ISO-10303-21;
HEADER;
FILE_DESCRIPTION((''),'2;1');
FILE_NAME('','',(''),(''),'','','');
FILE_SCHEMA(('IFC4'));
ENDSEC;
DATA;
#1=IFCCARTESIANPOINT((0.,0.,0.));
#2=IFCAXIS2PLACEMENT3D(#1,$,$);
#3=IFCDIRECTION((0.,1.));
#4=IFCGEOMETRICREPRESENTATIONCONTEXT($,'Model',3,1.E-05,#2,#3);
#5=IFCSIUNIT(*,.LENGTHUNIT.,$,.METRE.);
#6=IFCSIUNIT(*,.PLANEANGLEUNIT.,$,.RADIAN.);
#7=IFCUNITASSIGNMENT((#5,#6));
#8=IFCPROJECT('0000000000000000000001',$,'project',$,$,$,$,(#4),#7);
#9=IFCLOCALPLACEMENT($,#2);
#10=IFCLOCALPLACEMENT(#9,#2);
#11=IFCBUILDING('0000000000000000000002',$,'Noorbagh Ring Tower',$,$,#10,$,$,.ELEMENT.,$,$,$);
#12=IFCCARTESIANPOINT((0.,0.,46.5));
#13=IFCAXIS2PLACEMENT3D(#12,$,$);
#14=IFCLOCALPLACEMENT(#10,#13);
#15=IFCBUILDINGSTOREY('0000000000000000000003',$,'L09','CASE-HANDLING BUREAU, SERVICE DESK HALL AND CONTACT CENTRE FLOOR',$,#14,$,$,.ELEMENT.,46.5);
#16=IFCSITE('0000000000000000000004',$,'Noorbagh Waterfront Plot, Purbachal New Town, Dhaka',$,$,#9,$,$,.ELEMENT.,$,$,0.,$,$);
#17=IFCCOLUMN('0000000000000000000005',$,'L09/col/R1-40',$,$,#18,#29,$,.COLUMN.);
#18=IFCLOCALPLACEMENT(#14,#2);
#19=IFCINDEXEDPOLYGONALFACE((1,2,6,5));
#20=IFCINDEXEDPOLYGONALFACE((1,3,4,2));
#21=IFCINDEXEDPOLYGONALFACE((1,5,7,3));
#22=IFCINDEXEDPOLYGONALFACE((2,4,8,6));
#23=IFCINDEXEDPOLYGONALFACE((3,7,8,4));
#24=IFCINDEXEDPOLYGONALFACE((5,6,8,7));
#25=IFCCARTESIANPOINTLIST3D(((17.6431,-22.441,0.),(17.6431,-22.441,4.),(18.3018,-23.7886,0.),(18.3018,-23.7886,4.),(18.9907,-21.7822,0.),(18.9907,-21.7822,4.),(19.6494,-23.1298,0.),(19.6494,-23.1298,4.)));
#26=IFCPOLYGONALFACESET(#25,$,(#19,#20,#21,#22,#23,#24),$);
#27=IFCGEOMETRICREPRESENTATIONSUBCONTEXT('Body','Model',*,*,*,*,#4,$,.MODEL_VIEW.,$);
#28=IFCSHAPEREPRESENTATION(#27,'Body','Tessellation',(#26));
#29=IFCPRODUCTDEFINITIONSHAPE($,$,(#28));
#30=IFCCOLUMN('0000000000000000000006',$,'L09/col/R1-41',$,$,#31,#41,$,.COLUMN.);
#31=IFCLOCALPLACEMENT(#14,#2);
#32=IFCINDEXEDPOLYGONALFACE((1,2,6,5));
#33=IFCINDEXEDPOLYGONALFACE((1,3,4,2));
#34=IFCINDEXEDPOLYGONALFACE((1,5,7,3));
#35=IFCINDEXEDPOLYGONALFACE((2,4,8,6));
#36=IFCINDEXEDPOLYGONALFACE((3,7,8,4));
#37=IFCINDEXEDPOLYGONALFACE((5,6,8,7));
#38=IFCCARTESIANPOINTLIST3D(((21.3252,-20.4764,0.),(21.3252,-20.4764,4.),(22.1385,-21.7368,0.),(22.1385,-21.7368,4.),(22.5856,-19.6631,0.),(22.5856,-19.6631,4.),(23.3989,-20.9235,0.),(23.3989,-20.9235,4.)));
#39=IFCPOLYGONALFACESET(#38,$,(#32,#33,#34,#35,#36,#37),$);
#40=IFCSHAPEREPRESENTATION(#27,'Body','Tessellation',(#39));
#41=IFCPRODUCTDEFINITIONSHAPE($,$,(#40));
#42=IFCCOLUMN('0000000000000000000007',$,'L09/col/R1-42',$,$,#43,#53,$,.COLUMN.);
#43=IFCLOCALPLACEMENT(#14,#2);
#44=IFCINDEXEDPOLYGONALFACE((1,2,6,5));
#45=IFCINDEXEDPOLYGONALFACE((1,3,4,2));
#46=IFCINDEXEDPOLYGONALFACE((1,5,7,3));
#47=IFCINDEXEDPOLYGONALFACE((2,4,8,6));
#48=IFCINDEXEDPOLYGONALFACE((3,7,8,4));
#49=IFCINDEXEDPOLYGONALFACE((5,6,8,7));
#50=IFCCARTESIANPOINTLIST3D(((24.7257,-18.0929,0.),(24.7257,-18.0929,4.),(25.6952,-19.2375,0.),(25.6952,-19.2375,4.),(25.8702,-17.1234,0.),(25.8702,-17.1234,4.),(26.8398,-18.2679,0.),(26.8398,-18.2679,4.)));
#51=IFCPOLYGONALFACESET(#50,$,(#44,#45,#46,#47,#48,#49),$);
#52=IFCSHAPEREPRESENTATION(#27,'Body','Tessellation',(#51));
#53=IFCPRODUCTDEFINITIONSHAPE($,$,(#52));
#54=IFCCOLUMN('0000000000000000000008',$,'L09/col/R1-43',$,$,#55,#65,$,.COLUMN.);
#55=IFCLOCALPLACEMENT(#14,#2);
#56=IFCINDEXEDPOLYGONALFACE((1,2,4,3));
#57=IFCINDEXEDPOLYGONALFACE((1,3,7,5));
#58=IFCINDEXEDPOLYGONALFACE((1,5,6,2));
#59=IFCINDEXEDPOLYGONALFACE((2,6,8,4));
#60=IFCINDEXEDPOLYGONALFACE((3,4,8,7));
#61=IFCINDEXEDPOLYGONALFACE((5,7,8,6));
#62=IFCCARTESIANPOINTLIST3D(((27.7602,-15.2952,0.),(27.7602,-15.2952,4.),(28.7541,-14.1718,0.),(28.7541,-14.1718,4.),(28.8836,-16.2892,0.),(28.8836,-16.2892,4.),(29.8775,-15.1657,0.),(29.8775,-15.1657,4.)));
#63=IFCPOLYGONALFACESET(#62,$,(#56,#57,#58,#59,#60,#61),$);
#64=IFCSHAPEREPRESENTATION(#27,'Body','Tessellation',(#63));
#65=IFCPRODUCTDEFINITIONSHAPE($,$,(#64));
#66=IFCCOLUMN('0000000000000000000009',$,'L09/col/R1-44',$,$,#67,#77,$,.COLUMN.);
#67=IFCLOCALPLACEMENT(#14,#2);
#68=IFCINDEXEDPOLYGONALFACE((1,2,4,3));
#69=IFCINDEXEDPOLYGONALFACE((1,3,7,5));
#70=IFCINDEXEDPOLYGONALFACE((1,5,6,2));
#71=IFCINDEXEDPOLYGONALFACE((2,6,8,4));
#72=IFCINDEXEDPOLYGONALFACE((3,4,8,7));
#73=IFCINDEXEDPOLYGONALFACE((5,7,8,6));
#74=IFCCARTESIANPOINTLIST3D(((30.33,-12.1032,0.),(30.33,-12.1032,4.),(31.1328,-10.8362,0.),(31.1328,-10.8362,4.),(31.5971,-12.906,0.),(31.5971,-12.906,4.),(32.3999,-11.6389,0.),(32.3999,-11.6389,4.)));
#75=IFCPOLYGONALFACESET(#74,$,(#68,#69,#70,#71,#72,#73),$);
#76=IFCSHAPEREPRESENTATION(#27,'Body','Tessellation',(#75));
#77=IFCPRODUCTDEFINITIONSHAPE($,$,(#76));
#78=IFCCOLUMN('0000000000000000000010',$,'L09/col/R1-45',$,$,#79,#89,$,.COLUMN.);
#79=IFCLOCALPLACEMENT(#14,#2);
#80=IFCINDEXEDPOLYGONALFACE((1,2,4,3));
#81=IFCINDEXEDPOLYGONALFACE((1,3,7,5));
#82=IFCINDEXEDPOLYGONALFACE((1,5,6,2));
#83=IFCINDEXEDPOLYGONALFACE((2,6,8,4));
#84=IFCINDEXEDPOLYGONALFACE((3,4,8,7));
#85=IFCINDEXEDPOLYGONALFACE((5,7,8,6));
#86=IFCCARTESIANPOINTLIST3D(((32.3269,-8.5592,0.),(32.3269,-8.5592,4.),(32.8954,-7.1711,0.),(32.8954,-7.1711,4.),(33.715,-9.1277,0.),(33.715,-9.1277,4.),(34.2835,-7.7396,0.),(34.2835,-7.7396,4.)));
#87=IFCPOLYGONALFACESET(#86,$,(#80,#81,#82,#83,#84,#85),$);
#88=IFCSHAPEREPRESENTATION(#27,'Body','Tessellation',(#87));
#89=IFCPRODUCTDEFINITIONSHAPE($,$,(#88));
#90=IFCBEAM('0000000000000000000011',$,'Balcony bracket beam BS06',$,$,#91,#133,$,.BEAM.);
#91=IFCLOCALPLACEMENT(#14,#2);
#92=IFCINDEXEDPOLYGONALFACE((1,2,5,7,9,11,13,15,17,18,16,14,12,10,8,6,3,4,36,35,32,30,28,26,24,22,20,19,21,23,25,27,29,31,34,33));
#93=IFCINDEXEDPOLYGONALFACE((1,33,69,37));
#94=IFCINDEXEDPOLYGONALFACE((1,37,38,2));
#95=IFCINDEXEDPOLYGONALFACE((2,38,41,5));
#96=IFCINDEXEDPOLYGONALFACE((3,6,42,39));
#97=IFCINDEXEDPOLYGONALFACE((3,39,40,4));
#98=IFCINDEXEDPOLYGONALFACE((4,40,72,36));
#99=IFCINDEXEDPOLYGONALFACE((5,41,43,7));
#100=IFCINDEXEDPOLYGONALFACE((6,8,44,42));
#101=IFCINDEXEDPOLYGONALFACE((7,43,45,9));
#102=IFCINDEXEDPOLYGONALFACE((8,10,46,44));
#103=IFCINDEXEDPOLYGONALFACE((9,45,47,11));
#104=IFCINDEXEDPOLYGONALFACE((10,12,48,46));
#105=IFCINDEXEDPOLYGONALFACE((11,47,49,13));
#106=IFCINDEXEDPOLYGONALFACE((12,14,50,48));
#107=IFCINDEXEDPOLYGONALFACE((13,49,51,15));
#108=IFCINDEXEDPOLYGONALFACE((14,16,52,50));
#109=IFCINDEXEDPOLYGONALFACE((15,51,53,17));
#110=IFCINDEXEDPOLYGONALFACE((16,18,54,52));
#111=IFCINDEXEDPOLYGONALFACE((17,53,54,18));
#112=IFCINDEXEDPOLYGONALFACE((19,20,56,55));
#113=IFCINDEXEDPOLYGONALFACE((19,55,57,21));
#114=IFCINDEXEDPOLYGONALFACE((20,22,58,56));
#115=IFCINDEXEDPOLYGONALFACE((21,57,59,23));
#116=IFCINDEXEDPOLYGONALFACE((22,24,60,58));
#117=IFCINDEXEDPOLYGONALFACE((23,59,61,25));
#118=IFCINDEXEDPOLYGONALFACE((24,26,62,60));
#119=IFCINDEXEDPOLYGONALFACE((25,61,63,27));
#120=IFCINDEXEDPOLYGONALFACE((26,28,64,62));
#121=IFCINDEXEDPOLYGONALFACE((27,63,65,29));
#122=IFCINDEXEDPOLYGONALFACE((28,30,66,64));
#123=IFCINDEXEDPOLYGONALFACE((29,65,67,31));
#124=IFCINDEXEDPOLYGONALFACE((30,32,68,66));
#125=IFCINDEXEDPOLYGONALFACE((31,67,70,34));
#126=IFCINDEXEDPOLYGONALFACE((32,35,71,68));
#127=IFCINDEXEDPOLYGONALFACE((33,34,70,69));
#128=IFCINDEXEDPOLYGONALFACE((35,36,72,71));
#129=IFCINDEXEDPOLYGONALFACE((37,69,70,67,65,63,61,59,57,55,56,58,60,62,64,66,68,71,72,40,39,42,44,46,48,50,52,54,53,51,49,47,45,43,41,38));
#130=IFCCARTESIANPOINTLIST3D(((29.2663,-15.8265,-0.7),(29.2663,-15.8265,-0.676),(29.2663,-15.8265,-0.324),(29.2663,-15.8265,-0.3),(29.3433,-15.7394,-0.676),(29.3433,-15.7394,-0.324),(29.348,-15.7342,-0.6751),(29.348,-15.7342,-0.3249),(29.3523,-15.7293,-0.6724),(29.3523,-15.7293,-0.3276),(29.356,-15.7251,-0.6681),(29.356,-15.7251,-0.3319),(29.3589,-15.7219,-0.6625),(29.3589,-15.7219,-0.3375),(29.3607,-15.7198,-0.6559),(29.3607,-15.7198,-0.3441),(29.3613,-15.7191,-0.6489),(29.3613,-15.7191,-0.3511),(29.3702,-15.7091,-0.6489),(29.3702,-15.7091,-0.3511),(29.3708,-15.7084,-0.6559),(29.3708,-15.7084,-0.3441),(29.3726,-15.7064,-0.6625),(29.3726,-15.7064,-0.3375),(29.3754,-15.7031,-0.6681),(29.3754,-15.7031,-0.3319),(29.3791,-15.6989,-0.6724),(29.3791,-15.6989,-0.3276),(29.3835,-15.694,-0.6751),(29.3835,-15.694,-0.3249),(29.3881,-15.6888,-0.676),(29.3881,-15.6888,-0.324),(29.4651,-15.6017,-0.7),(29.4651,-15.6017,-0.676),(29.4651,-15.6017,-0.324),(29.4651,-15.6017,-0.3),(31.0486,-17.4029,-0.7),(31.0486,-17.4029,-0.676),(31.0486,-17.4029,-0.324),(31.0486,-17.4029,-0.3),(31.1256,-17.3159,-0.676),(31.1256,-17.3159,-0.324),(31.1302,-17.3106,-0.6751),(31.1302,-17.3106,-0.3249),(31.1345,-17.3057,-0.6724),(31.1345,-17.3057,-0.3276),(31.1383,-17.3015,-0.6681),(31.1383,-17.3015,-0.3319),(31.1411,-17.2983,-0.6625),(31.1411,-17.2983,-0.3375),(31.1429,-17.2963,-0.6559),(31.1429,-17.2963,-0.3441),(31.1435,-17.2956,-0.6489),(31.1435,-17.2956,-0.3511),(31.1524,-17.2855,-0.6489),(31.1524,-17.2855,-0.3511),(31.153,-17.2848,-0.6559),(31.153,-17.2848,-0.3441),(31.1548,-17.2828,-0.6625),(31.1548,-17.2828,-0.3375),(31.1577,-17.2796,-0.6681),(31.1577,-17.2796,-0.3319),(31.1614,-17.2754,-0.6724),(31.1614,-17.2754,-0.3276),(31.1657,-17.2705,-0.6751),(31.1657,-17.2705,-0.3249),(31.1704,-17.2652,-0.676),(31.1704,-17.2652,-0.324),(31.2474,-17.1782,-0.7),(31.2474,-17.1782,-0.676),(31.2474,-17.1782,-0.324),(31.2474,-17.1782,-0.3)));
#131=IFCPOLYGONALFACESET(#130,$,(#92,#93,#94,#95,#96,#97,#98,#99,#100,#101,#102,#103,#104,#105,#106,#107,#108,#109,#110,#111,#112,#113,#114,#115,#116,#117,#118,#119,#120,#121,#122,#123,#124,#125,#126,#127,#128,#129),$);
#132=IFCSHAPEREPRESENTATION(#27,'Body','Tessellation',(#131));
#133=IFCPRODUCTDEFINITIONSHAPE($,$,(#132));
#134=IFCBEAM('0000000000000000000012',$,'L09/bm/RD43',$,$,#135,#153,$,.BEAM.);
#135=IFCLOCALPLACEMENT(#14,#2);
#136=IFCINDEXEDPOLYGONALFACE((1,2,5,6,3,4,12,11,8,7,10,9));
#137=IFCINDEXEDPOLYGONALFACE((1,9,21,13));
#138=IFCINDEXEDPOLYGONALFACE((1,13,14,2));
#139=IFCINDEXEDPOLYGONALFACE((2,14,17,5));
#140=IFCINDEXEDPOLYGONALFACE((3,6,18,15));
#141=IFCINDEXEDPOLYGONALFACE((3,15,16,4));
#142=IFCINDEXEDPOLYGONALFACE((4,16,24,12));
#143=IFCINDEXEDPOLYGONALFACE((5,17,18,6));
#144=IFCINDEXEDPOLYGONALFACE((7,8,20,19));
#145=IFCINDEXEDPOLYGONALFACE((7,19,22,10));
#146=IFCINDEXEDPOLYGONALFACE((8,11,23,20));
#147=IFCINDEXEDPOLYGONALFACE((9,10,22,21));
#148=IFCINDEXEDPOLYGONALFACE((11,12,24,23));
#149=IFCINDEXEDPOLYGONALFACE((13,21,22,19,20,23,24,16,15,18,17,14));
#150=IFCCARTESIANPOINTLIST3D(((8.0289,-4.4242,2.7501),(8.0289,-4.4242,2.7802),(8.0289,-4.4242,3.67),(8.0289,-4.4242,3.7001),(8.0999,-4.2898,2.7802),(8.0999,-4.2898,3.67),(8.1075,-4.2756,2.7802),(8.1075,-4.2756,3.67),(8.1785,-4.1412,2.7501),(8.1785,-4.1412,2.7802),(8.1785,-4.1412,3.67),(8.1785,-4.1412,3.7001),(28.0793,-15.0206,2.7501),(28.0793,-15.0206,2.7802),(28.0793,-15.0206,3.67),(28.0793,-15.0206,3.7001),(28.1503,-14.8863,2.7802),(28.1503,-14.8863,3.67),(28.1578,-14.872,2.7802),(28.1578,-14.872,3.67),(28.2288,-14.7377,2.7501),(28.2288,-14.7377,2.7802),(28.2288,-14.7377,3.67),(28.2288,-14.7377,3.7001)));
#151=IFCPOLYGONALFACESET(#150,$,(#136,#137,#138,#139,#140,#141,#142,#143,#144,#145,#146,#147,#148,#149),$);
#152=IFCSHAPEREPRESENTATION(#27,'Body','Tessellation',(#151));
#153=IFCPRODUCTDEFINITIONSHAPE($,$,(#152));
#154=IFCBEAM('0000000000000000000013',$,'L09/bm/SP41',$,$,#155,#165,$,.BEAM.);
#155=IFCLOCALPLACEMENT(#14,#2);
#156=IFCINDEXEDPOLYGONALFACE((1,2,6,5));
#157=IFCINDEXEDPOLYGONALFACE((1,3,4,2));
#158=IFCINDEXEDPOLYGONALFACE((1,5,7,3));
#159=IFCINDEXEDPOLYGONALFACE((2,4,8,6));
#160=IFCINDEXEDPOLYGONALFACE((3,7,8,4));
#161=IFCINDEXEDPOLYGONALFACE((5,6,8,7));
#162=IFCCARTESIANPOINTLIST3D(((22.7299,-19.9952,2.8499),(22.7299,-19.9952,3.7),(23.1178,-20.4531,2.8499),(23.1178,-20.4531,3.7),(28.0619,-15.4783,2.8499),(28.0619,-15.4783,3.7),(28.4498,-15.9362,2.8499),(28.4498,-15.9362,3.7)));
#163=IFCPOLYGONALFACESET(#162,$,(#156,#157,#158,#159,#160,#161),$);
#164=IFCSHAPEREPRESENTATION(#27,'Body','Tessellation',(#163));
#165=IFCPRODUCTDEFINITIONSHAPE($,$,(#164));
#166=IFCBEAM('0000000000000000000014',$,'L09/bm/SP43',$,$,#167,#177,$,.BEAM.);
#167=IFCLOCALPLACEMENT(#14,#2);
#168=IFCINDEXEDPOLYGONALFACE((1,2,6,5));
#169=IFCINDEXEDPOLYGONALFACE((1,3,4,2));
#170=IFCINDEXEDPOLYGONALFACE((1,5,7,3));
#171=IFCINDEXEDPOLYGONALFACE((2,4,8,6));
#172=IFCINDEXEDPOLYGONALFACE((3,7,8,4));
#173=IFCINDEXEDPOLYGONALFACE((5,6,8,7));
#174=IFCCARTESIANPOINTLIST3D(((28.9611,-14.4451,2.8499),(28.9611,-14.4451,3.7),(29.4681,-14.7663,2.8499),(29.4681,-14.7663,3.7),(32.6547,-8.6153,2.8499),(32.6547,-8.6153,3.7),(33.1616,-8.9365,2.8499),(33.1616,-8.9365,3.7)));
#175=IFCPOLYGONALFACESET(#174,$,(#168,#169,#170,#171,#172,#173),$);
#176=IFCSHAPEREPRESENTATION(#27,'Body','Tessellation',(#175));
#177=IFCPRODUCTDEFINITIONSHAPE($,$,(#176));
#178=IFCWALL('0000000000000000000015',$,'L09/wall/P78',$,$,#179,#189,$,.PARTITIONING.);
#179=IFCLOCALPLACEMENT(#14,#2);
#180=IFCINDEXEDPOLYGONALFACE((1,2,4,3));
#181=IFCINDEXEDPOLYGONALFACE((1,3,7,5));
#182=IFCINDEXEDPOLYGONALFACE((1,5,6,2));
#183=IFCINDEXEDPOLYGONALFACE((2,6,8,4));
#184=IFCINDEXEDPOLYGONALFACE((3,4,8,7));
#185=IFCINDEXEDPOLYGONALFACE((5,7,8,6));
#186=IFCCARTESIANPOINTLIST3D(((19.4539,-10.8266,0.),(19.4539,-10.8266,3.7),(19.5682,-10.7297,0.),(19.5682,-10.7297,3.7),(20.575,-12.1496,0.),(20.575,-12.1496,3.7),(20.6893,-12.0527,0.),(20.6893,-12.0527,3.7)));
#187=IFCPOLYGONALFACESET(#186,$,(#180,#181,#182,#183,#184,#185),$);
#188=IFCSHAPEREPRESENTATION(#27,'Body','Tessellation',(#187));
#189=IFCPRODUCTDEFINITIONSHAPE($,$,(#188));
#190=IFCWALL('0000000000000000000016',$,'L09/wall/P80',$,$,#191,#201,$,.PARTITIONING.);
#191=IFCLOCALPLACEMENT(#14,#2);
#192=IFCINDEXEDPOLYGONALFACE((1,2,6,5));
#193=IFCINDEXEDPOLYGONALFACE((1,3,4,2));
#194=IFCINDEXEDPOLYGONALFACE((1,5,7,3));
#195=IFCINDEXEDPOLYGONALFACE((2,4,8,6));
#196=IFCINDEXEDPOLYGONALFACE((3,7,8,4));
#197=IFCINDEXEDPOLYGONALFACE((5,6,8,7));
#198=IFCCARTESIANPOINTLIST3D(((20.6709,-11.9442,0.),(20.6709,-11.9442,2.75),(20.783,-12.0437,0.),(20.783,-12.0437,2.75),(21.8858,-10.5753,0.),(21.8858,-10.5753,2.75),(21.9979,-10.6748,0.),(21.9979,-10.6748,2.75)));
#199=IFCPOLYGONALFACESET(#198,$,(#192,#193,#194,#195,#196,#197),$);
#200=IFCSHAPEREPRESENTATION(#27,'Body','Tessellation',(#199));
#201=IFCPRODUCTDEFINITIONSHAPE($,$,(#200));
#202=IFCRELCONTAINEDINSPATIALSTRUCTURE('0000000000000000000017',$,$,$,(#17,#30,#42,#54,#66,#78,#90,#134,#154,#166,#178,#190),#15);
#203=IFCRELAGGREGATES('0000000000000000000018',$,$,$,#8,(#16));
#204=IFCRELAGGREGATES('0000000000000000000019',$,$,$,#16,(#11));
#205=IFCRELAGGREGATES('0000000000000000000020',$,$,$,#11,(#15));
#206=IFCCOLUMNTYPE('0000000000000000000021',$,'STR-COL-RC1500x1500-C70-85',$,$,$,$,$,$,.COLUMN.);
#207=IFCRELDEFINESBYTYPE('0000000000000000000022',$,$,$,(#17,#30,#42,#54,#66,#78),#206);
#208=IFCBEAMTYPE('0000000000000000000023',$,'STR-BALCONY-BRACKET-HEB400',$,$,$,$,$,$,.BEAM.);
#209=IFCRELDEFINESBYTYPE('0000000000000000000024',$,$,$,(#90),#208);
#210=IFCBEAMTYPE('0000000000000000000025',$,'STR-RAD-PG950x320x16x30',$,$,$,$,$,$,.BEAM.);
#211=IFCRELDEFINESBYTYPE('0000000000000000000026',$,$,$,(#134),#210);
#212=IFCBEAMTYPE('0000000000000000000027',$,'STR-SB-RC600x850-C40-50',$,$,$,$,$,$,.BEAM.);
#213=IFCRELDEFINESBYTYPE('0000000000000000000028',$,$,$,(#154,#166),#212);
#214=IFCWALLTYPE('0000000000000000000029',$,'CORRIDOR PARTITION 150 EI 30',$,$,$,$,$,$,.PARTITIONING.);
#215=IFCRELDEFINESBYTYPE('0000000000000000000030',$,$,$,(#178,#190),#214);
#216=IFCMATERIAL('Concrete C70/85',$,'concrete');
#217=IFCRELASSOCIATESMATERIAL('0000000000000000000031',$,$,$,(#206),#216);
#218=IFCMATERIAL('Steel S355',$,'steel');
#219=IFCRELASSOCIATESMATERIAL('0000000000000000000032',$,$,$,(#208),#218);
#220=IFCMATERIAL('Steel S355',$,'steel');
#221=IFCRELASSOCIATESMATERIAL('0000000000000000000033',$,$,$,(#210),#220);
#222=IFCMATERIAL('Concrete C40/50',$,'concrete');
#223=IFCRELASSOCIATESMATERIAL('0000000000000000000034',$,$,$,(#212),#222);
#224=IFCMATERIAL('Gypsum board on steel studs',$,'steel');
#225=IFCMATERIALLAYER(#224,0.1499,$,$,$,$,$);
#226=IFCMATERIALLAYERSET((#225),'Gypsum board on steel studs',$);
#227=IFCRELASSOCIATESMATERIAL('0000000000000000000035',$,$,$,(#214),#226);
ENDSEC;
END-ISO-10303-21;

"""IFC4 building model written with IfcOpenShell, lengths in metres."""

from ifc_helpers import new_model, si_unit, direction, frame, frame_2d, origin, origin_2d, place, context, subcontext, project, spatial, rectangle, i_section, extrude, material, layer, layer_set, material_profile, profile_set, type_object, element, save


model = new_model("IFC4")

# Units and contexts
model_context = context("Model", 3, precision=1e-05, world=origin(), true_north=direction((0.0, 1.0)))
body_context = subcontext(model_context, "Body", "Model", "MODEL_VIEW")
ifc_project = project(units=[si_unit("LENGTHUNIT", "METRE"), si_unit("PLANEANGLEUNIT", "RADIAN")], contexts=[model_context])

# Site, building, storey
site_placement = place(None, origin())
site = spatial("IfcSite", under=ifc_project, at=site_placement, Name="Noorbagh Waterfront Plot, Purbachal New Town, Dhaka", CompositionType="ELEMENT", RefElevation=0.0)
building_placement = place(site_placement, origin())
building = spatial("IfcBuilding", under=site, at=building_placement, Name="Noorbagh Ring Tower", CompositionType="ELEMENT")
storey_placement = place(building_placement, frame((0.0, 0.0, 46.5)))
storey = spatial("IfcBuildingStorey", under=building, at=storey_placement, Name="L09", Description="CASE-HANDLING BUREAU, SERVICE DESK HALL AND CONTACT CENTRE FLOOR", CompositionType="ELEMENT", Elevation=46.5)

# Columns
ifc_material_1 = material(Name="Concrete C70/85", Category="concrete")
ifc_material_profile_1 = material_profile(ifc_material_1, rectangle(XDim=1.5, YDim=1.5, at=origin_2d()), Name="RC1500x1500")
ifc_profile_set_1 = profile_set([ifc_material_profile_1], Name="Concrete C70/85")
column_type = type_object("IfcColumnType", Name="STR-COL-RC1500x1500-C70-85", PredefinedType="COLUMN", material=ifc_profile_set_1)
for number, where, z_axis, x_axis, name in (
    (1, (18.6462, -22.7854, 0.0), (0.0, 0.0, 1.0), (0.898399, 0.43918, 0.0), "L09/col/R1-40"),
    (2, (22.3621, -20.7, 0.0), (0.0, 0.0, 1.0), (0.840248, 0.542203, 0.0), "L09/col/R1-41"),
    (3, (25.7827, -18.1804, 0.0), (0.0, 0.0, 1.0), (0.763035, 0.646357, 0.0), "L09/col/R1-42"),
    (4, (28.8188, -15.2305, 0.0), (0.0, 0.0, 1.0), (0.662636, 0.748942, 0.0), "L09/col/R1-43"),
    (5, (31.365, -11.8711, 0.0), (0.0, 0.0, 1.0), (0.53519, 0.844731, 0.0), "L09/col/R1-44"),
    (6, (33.3052, -8.1494, 0.0), (0.0, 0.0, 1.0), (0.378989, 0.925401, 0.0), "L09/col/R1-45"),
):
    element("IfcColumn", number, at=place(storey_placement, frame(where, z_axis=z_axis, x_axis=x_axis)), inside=storey, type_object=column_type, Name=name, PredefinedType="COLUMN", context=body_context, shape_type="SweptSolid", body=[
        extrude(rectangle(XDim=1.5, YDim=1.5, at=origin_2d()), origin(), (0.0, 0.0, 1.0), 4.0),
    ])

# Beams
ifc_material_2 = material(Name="Steel S355", Category="steel")
ifc_material_profile_2 = material_profile(ifc_material_2, i_section(OverallWidth=0.3, OverallDepth=0.3999, WebThickness=0.0134, FlangeThickness=0.0239, FilletRadius=0.0271, at=origin_2d()), Name="HEB400")
ifc_profile_set_2 = profile_set([ifc_material_profile_2], Name="Steel S355")
beam_type_1 = type_object("IfcBeamType", Name="STR-BALCONY-BRACKET-HEB400", PredefinedType="BEAM", material=ifc_profile_set_2)
beam_1_placement = place(storey_placement, frame((29.3657, -15.7141, -0.5), z_axis=(0.749032, -0.662534, 0.0), x_axis=(0.662534, 0.749032, 0.0)))
element("IfcBeam", 7, at=beam_1_placement, inside=storey, type_object=beam_type_1, Name="Balcony bracket beam BS06", PredefinedType="BEAM", context=body_context, shape_type="SweptSolid", body=[
    extrude(i_section(OverallWidth=0.3, OverallDepth=0.3999, WebThickness=0.0134, FlangeThickness=0.0239, FilletRadius=0.0271, at=origin_2d()), origin(), (0.0, 0.0, 1.0), 2.3794),
])
ifc_material_3 = material(Name="Steel S355", Category="steel")
ifc_material_profile_3 = material_profile(ifc_material_3, i_section(OverallWidth=0.3201, OverallDepth=0.95, WebThickness=0.0161, FlangeThickness=0.03, at=origin_2d()), Name="PG950x320x16x30")
ifc_profile_set_3 = profile_set([ifc_material_profile_3], Name="Steel S355")
beam_type_2 = type_object("IfcBeamType", Name="STR-RAD-PG950x320x16x30", PredefinedType="BEAM", material=ifc_profile_set_3)
beam_2_placement = place(storey_placement, frame((28.1541, -14.8792, 3.2251), z_axis=(-0.884124, 0.467253, 0.0), x_axis=(-0.467253, -0.884124, 0.0)))
element("IfcBeam", 8, at=beam_2_placement, inside=storey, type_object=beam_type_2, Name="L09/bm/RD43", PredefinedType="BEAM", context=body_context, shape_type="SweptSolid", body=[
    extrude(i_section(OverallWidth=0.3201, OverallDepth=0.95, WebThickness=0.0161, FlangeThickness=0.03, at=origin_2d()), origin(), (0.0, 0.0, 1.0), 22.6782),
])
ifc_material_4 = material(Name="Concrete C40/50", Category="concrete")
ifc_material_profile_4 = material_profile(ifc_material_4, rectangle(XDim=0.6001, YDim=0.8501, at=origin_2d()), Name="RC600x850")
ifc_profile_set_4 = profile_set([ifc_material_profile_4], Name="Concrete C40/50")
beam_type_3 = type_object("IfcBeamType", Name="STR-SB-RC600x850-C40-50", PredefinedType="BEAM", material=ifc_profile_set_4)
beam_3_placement = place(storey_placement, frame((22.9238, -20.2241, 3.2749), z_axis=(0.763024, 0.64637, 0.0), x_axis=(-0.64637, 0.763024, 0.0)))
element("IfcBeam", 9, at=beam_3_placement, inside=storey, type_object=beam_type_3, Name="L09/bm/SP41", PredefinedType="BEAM", context=body_context, shape_type="SweptSolid", body=[
    extrude(rectangle(XDim=0.6001, YDim=0.8501, at=origin_2d()), origin(), (0.0, 0.0, 1.0), 6.988),
])
beam_4_placement = place(storey_placement, frame((29.2146, -14.6057, 3.2749), z_axis=(0.535194, 0.844729, 0.0), x_axis=(-0.844729, 0.535194, 0.0)))
element("IfcBeam", 10, at=beam_4_placement, inside=storey, type_object=beam_type_3, Name="L09/bm/SP43", PredefinedType="BEAM", context=body_context, shape_type="SweptSolid", body=[
    extrude(rectangle(XDim=0.6001, YDim=0.8501, at=origin_2d()), origin(), (0.0, 0.0, 1.0), 6.9014),
])

# Walls
ifc_material_5 = material(Name="Gypsum board on steel studs", Category="steel")
ifc_layer_1 = layer(ifc_material_5, 0.1499)
ifc_layer_set_1 = layer_set([ifc_layer_1], Name="Gypsum board on steel studs")
wall_type_1 = type_object("IfcWallType", Name="CORRIDOR PARTITION 150 EI 30", PredefinedType="PARTITIONING", material=ifc_layer_set_1)
wall_1_placement = place(storey_placement, frame((19.511, -10.7781, 0.0), z_axis=(0.0, 0.0, 1.0), x_axis=(0.646491, -0.762921, 0.0)))
element("IfcWall", 11, at=wall_1_placement, inside=storey, type_object=wall_type_1, Name="L09/wall/P78", PredefinedType="PARTITIONING", context=body_context, shape_type="SweptSolid", body=[
    extrude(rectangle(XDim=1.7341, YDim=0.1499, at=frame_2d((0.8672, 0.0))), origin(), (0.0, 0.0, 1.0), 3.7),
])
wall_2_placement = place(storey_placement, frame((20.7271, -11.9939, 0.0), z_axis=(0.0, 0.0, 1.0), x_axis=(0.663767, 0.747939, 0.0)))
element("IfcWall", 12, at=wall_2_placement, inside=storey, type_object=wall_type_1, Name="L09/wall/P80", PredefinedType="PARTITIONING", context=body_context, shape_type="SweptSolid", body=[
    extrude(rectangle(XDim=1.8303, YDim=0.1499, at=frame_2d((0.915, 0.0))), origin(), (0.0, 0.0, 1.0), 2.75),
])

save(model, "model.ifc")
